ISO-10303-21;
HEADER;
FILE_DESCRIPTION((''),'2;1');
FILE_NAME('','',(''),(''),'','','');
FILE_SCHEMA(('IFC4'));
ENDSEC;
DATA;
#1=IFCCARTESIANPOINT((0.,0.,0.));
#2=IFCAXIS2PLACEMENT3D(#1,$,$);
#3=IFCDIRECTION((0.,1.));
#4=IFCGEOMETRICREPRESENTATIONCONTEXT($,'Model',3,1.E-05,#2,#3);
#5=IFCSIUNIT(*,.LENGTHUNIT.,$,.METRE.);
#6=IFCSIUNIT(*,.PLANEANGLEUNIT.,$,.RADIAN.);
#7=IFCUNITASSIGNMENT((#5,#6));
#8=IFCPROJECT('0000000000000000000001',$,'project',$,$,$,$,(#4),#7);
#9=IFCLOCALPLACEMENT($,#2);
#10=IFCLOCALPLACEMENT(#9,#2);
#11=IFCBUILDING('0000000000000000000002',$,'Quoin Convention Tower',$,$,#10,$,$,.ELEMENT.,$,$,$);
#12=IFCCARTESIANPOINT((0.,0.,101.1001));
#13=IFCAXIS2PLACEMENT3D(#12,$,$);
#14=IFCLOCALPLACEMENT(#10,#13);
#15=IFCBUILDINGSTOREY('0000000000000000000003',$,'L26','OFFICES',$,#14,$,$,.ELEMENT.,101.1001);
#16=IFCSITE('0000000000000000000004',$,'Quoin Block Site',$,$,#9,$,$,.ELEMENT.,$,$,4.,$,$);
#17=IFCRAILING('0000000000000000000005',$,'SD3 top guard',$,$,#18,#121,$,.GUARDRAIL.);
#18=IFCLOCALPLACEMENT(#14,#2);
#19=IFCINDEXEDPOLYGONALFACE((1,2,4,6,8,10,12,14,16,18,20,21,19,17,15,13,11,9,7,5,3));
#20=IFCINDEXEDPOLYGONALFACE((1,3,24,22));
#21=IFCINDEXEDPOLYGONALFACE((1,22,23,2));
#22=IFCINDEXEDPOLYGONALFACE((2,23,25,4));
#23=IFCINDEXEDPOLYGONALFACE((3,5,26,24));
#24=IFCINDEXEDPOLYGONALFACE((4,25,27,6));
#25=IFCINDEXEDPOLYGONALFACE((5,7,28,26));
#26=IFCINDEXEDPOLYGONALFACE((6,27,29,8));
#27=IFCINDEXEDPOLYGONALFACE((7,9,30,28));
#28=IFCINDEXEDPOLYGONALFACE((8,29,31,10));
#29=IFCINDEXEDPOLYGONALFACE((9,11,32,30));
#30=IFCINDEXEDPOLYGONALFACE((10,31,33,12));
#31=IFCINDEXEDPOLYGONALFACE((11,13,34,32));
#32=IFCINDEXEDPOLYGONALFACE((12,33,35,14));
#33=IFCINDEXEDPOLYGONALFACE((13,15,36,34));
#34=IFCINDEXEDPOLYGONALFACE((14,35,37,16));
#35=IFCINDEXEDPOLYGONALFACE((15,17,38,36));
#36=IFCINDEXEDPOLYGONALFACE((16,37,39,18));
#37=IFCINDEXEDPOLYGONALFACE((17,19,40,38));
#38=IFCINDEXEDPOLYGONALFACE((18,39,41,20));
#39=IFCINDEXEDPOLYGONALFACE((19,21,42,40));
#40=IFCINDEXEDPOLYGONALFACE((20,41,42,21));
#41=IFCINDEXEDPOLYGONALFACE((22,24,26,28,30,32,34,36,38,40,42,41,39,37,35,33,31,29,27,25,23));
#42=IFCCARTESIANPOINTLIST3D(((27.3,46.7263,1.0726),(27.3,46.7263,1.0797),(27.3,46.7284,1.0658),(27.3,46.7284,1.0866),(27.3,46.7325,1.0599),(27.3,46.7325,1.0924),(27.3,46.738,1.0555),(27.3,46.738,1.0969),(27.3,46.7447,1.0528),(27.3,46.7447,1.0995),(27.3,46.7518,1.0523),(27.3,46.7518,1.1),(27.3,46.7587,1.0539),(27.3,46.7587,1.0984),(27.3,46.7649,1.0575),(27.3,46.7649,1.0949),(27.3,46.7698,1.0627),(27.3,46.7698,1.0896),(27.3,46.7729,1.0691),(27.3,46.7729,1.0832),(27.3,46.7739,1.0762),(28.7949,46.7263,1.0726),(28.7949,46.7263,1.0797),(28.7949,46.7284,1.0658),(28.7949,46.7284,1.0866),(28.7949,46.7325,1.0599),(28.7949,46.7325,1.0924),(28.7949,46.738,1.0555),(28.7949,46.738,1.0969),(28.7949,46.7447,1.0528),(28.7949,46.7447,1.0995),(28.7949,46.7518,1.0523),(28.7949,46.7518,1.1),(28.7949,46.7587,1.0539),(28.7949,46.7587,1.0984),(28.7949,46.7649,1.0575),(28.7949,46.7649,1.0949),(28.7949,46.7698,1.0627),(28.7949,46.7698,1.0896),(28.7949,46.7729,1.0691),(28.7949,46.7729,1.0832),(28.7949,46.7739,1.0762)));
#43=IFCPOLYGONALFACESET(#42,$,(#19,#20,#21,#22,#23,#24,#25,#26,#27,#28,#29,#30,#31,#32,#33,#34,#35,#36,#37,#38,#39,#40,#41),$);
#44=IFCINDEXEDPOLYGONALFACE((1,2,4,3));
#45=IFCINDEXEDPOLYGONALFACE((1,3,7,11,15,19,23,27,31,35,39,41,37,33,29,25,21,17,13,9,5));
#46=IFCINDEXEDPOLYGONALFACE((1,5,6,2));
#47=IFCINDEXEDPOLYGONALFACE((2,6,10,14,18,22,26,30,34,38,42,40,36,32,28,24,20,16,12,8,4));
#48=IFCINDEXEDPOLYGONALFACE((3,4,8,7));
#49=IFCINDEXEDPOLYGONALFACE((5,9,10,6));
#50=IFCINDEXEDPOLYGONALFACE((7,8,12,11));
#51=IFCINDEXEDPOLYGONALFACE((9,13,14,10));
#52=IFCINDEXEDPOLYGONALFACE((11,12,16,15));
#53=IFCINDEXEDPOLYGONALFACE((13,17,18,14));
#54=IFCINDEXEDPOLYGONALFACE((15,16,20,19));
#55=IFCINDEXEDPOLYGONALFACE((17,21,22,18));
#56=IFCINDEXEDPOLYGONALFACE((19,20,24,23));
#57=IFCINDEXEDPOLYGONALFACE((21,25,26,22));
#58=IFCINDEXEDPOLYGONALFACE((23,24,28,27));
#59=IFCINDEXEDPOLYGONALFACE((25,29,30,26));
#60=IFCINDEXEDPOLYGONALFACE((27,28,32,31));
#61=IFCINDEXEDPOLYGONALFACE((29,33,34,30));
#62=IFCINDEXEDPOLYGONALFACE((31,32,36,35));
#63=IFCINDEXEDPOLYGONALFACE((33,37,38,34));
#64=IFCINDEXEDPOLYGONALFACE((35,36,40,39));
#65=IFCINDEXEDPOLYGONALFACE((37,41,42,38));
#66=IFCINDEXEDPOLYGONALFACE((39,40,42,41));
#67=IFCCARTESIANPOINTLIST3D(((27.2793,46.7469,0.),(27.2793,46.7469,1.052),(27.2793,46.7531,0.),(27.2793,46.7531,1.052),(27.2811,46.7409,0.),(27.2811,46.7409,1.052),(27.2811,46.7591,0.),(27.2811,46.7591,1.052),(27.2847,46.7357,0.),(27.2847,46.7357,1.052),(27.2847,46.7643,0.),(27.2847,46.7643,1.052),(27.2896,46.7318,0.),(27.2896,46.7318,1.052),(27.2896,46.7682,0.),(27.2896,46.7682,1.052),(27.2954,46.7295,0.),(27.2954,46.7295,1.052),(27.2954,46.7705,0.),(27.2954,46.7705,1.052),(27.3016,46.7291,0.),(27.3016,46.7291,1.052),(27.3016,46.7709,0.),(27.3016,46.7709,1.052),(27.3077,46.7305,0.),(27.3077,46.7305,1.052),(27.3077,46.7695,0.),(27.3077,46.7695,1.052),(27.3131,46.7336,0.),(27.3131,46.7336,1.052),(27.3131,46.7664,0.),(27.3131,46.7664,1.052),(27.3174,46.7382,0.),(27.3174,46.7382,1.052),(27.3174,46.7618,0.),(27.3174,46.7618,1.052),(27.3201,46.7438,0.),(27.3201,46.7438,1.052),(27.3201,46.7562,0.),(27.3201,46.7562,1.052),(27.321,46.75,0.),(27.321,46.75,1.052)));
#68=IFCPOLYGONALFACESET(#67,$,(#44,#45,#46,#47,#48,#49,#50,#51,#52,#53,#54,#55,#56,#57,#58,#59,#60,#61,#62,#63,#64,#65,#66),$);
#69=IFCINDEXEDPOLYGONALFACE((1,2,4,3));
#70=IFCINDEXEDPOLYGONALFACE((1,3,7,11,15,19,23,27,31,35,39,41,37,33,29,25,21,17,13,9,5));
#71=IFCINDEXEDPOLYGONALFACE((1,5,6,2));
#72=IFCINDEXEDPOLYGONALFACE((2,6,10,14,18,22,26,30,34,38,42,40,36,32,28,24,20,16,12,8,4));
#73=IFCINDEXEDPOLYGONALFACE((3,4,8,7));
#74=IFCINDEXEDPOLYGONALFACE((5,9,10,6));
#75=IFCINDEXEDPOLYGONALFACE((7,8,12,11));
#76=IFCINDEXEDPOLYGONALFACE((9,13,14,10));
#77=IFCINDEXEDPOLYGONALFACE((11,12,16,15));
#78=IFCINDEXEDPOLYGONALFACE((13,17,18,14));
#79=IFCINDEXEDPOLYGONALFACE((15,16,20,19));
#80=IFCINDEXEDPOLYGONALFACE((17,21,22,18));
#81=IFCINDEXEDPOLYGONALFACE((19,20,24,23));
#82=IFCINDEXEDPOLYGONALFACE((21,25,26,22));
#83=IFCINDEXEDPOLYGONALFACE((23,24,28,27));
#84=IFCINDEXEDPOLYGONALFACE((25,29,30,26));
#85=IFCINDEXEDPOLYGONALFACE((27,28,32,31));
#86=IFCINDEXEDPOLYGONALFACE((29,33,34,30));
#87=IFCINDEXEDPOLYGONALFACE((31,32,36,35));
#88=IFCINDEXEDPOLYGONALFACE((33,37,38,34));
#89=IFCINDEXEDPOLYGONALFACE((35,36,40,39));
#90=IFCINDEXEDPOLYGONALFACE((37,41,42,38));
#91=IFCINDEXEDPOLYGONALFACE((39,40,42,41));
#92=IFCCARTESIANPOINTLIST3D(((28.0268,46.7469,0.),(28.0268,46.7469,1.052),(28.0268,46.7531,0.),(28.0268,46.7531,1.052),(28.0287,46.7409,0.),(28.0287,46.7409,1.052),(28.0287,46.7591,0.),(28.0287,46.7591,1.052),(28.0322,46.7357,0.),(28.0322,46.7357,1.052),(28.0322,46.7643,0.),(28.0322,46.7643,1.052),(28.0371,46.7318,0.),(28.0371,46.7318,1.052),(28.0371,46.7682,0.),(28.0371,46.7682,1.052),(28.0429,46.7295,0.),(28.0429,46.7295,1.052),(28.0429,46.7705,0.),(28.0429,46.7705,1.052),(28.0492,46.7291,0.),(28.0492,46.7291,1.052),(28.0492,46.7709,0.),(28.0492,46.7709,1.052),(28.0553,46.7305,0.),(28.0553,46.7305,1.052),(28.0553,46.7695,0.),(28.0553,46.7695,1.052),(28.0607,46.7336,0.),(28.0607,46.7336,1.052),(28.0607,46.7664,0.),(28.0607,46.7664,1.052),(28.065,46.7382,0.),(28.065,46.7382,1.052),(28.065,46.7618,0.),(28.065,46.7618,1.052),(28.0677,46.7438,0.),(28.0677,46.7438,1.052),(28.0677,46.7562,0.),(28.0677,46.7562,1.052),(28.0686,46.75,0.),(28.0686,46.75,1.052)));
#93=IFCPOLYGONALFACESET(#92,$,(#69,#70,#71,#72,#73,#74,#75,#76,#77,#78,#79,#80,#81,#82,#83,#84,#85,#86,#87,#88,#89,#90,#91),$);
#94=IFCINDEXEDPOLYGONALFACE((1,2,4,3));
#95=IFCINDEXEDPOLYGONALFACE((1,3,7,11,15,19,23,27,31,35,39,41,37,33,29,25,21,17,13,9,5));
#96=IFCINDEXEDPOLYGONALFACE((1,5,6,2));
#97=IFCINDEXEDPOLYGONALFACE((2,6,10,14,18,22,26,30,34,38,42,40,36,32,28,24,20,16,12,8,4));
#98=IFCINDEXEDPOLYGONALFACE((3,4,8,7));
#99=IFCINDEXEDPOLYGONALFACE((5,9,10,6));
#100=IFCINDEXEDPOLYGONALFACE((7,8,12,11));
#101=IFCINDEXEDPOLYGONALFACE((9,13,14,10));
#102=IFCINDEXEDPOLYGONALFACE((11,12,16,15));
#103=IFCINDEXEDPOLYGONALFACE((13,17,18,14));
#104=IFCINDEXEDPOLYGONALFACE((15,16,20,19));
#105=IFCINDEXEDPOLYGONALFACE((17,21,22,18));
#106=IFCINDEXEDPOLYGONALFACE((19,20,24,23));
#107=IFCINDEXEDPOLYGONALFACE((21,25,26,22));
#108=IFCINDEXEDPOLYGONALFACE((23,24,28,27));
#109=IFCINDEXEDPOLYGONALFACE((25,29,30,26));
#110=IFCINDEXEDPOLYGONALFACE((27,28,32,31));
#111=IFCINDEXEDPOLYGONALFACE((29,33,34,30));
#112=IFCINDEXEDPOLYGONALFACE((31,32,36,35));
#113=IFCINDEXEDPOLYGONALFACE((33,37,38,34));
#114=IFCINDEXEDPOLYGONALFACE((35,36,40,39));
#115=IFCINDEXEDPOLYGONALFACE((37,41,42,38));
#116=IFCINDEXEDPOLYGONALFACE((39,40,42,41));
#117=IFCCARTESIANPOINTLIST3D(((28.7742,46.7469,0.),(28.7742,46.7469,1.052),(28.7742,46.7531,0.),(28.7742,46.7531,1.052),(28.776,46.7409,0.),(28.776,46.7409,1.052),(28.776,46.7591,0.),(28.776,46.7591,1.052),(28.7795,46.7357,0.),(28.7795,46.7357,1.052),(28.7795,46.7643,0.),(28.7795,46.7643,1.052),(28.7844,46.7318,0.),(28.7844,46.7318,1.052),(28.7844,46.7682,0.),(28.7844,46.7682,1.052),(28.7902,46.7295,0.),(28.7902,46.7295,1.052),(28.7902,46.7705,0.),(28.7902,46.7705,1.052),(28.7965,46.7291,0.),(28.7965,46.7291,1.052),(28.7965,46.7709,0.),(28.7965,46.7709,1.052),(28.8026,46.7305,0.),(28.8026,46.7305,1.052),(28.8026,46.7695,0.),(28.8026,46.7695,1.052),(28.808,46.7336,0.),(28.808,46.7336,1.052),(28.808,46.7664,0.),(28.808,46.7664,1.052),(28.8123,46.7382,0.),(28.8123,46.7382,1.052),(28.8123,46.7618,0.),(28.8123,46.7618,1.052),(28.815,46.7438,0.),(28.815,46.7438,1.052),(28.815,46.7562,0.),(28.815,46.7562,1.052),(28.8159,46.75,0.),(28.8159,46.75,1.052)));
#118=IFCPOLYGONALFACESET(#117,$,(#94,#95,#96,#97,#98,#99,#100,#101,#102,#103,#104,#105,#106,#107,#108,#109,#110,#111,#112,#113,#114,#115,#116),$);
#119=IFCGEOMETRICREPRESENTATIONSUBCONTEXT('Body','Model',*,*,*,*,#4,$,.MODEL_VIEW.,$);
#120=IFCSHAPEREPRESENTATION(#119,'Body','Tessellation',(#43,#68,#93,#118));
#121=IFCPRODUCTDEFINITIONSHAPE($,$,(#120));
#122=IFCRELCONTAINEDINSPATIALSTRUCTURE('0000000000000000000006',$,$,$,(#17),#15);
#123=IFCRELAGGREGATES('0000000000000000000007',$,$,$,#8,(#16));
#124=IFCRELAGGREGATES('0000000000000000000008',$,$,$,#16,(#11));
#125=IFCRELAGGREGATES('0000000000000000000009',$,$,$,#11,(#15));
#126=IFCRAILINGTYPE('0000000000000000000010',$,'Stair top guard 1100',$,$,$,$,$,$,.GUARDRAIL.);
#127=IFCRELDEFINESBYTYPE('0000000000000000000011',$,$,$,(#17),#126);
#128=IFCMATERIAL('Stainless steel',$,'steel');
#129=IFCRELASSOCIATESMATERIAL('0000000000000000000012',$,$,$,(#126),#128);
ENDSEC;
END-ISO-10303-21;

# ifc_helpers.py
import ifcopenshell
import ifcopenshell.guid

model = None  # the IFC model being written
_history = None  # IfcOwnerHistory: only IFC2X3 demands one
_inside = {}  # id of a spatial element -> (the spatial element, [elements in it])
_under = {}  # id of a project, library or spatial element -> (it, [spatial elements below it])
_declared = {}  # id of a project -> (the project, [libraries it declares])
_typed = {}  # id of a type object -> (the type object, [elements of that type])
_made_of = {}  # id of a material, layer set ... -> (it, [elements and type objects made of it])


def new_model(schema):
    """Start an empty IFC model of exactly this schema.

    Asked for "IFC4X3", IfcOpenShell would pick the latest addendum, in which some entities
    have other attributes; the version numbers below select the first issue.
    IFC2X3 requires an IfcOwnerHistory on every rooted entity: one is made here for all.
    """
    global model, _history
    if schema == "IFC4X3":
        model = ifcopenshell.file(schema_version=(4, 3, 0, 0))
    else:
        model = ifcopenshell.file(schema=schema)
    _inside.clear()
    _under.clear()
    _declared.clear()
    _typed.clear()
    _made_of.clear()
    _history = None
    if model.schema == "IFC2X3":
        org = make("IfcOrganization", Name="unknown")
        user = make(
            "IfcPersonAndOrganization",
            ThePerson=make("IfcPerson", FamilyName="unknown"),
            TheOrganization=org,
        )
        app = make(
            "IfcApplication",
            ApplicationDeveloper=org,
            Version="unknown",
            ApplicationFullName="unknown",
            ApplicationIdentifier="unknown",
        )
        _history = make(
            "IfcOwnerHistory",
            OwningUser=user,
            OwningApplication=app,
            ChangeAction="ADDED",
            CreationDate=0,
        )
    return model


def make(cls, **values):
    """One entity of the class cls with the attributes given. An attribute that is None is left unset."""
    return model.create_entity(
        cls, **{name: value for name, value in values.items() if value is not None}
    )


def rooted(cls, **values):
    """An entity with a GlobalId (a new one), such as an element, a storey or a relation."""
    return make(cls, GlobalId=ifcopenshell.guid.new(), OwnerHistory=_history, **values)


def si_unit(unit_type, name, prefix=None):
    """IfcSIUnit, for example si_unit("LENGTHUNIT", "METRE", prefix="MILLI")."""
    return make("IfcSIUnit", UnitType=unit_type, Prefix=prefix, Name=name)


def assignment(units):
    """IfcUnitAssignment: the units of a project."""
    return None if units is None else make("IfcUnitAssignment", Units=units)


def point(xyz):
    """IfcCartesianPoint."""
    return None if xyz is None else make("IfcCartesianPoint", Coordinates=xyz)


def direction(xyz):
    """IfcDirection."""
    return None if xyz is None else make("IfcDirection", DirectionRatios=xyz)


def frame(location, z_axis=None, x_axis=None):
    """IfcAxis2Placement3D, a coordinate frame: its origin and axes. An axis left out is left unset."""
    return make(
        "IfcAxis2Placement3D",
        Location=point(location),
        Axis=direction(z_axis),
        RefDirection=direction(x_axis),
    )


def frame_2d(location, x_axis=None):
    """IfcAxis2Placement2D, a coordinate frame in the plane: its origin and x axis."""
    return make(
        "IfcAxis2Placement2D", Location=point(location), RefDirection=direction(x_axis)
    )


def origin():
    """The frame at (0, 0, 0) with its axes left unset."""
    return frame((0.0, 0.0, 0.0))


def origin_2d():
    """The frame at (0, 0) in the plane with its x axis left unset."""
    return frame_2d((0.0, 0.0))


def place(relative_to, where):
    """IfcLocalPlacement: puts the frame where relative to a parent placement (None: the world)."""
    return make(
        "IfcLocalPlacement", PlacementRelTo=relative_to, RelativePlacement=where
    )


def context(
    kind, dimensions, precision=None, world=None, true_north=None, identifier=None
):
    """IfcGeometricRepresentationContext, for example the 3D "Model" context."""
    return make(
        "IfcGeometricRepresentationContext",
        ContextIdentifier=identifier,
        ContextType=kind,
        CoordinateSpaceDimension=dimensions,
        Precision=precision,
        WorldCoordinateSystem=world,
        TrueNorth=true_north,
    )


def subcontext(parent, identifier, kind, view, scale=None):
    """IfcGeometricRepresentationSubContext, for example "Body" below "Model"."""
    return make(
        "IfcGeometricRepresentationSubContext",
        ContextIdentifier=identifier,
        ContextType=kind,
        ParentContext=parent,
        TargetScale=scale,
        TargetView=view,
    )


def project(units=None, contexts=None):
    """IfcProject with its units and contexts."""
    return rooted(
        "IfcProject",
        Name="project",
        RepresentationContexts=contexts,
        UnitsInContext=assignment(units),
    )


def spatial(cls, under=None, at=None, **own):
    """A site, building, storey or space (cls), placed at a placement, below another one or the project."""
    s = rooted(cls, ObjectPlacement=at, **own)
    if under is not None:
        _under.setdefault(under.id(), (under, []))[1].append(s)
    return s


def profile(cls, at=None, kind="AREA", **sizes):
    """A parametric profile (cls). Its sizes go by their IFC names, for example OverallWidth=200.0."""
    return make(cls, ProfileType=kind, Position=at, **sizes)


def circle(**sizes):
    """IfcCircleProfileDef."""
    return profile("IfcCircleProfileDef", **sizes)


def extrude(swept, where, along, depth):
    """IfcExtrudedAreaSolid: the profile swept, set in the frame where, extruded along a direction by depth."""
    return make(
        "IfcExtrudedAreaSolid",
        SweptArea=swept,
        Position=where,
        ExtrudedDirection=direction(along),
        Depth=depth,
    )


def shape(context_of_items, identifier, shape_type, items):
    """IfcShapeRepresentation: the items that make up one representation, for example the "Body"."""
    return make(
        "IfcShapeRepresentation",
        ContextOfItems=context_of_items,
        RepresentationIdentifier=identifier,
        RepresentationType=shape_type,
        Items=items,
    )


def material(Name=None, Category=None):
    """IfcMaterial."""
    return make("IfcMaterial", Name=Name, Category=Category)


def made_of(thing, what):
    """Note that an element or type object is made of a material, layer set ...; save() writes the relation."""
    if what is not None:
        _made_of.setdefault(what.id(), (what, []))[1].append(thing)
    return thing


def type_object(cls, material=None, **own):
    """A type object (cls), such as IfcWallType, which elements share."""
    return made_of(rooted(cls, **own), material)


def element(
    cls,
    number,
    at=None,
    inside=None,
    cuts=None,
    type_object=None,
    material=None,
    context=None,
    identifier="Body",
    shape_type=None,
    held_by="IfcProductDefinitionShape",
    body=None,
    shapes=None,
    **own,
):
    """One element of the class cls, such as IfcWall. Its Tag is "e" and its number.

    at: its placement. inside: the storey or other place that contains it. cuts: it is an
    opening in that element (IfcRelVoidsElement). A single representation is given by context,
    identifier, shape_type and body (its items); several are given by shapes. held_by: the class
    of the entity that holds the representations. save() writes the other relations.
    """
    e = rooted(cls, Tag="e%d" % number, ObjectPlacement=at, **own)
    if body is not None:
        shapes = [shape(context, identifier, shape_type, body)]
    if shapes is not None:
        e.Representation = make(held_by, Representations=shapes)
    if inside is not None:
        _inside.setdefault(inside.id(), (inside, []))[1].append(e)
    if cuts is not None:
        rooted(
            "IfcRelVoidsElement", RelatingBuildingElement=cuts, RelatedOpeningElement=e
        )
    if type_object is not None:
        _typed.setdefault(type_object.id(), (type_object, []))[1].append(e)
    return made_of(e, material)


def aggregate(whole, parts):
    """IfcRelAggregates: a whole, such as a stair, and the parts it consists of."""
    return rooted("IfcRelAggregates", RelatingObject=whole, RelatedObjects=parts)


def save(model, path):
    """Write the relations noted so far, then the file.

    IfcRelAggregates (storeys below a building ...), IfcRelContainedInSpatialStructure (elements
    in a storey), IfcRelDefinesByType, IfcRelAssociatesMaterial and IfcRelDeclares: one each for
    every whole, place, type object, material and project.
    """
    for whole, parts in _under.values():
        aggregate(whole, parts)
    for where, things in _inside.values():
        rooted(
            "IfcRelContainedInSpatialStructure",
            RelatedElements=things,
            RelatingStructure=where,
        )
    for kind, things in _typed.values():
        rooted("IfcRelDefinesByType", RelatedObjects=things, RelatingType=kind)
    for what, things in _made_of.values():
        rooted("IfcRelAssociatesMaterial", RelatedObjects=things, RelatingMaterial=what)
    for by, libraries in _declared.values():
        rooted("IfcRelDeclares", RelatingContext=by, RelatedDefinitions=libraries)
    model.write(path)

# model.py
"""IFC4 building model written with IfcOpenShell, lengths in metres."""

from ifc_helpers import new_model, si_unit, direction, frame, origin, origin_2d, place, context, subcontext, project, spatial, circle, extrude, material, type_object, element, save


model = new_model("IFC4")

# Units and contexts
model_context = context("Model", 3, precision=1e-05, world=origin(), true_north=direction((0.0, 1.0)))
body_context = subcontext(model_context, "Body", "Model", "MODEL_VIEW")
ifc_project = project(units=[si_unit("LENGTHUNIT", "METRE"), si_unit("PLANEANGLEUNIT", "RADIAN")], contexts=[model_context])

# Site, building, storey
site_placement = place(None, origin())
site = spatial("IfcSite", under=ifc_project, at=site_placement, Name="Quoin Block Site", CompositionType="ELEMENT", RefElevation=4.0)
building_placement = place(site_placement, origin())
building = spatial("IfcBuilding", under=site, at=building_placement, Name="Quoin Convention Tower", CompositionType="ELEMENT")
storey_placement = place(building_placement, frame((0.0, 0.0, 101.1001)))
storey = spatial("IfcBuildingStorey", under=building, at=storey_placement, Name="L26", Description="OFFICES", CompositionType="ELEMENT", Elevation=101.1001)

# Railing
ifc_material_1 = material(Name="Stainless steel", Category="steel")
railing_type_1 = type_object("IfcRailingType", Name="Stair top guard 1100", PredefinedType="GUARDRAIL", material=ifc_material_1)
railing_1_placement = place(storey_placement, frame((27.3, 46.75, 0.0)))
element("IfcRailing", 1, at=railing_1_placement, inside=storey, type_object=railing_type_1, Name="SD3 top guard", PredefinedType="GUARDRAIL", context=body_context, shape_type="SweptSolid", body=[
    extrude(circle(Radius=0.0239, at=origin_2d()), frame((0.0, 0.0, 1.0762), z_axis=(1.0, 0.0, 0.0), x_axis=(0.0, 1.0, 0.0)), (0.0, 0.0, 1.0), 1.4949),
    extrude(circle(Radius=0.021, at=origin_2d()), origin(), (0.0, 0.0, 1.0), 1.052),
    extrude(circle(Radius=0.021, at=origin_2d()), frame((0.7476, 0.0, 0.0)), (0.0, 0.0, 1.0), 1.052),
    extrude(circle(Radius=0.021, at=origin_2d()), frame((1.4949, 0.0, 0.0)), (0.0, 0.0, 1.0), 1.052),
])

save(model, "model.ifc")
